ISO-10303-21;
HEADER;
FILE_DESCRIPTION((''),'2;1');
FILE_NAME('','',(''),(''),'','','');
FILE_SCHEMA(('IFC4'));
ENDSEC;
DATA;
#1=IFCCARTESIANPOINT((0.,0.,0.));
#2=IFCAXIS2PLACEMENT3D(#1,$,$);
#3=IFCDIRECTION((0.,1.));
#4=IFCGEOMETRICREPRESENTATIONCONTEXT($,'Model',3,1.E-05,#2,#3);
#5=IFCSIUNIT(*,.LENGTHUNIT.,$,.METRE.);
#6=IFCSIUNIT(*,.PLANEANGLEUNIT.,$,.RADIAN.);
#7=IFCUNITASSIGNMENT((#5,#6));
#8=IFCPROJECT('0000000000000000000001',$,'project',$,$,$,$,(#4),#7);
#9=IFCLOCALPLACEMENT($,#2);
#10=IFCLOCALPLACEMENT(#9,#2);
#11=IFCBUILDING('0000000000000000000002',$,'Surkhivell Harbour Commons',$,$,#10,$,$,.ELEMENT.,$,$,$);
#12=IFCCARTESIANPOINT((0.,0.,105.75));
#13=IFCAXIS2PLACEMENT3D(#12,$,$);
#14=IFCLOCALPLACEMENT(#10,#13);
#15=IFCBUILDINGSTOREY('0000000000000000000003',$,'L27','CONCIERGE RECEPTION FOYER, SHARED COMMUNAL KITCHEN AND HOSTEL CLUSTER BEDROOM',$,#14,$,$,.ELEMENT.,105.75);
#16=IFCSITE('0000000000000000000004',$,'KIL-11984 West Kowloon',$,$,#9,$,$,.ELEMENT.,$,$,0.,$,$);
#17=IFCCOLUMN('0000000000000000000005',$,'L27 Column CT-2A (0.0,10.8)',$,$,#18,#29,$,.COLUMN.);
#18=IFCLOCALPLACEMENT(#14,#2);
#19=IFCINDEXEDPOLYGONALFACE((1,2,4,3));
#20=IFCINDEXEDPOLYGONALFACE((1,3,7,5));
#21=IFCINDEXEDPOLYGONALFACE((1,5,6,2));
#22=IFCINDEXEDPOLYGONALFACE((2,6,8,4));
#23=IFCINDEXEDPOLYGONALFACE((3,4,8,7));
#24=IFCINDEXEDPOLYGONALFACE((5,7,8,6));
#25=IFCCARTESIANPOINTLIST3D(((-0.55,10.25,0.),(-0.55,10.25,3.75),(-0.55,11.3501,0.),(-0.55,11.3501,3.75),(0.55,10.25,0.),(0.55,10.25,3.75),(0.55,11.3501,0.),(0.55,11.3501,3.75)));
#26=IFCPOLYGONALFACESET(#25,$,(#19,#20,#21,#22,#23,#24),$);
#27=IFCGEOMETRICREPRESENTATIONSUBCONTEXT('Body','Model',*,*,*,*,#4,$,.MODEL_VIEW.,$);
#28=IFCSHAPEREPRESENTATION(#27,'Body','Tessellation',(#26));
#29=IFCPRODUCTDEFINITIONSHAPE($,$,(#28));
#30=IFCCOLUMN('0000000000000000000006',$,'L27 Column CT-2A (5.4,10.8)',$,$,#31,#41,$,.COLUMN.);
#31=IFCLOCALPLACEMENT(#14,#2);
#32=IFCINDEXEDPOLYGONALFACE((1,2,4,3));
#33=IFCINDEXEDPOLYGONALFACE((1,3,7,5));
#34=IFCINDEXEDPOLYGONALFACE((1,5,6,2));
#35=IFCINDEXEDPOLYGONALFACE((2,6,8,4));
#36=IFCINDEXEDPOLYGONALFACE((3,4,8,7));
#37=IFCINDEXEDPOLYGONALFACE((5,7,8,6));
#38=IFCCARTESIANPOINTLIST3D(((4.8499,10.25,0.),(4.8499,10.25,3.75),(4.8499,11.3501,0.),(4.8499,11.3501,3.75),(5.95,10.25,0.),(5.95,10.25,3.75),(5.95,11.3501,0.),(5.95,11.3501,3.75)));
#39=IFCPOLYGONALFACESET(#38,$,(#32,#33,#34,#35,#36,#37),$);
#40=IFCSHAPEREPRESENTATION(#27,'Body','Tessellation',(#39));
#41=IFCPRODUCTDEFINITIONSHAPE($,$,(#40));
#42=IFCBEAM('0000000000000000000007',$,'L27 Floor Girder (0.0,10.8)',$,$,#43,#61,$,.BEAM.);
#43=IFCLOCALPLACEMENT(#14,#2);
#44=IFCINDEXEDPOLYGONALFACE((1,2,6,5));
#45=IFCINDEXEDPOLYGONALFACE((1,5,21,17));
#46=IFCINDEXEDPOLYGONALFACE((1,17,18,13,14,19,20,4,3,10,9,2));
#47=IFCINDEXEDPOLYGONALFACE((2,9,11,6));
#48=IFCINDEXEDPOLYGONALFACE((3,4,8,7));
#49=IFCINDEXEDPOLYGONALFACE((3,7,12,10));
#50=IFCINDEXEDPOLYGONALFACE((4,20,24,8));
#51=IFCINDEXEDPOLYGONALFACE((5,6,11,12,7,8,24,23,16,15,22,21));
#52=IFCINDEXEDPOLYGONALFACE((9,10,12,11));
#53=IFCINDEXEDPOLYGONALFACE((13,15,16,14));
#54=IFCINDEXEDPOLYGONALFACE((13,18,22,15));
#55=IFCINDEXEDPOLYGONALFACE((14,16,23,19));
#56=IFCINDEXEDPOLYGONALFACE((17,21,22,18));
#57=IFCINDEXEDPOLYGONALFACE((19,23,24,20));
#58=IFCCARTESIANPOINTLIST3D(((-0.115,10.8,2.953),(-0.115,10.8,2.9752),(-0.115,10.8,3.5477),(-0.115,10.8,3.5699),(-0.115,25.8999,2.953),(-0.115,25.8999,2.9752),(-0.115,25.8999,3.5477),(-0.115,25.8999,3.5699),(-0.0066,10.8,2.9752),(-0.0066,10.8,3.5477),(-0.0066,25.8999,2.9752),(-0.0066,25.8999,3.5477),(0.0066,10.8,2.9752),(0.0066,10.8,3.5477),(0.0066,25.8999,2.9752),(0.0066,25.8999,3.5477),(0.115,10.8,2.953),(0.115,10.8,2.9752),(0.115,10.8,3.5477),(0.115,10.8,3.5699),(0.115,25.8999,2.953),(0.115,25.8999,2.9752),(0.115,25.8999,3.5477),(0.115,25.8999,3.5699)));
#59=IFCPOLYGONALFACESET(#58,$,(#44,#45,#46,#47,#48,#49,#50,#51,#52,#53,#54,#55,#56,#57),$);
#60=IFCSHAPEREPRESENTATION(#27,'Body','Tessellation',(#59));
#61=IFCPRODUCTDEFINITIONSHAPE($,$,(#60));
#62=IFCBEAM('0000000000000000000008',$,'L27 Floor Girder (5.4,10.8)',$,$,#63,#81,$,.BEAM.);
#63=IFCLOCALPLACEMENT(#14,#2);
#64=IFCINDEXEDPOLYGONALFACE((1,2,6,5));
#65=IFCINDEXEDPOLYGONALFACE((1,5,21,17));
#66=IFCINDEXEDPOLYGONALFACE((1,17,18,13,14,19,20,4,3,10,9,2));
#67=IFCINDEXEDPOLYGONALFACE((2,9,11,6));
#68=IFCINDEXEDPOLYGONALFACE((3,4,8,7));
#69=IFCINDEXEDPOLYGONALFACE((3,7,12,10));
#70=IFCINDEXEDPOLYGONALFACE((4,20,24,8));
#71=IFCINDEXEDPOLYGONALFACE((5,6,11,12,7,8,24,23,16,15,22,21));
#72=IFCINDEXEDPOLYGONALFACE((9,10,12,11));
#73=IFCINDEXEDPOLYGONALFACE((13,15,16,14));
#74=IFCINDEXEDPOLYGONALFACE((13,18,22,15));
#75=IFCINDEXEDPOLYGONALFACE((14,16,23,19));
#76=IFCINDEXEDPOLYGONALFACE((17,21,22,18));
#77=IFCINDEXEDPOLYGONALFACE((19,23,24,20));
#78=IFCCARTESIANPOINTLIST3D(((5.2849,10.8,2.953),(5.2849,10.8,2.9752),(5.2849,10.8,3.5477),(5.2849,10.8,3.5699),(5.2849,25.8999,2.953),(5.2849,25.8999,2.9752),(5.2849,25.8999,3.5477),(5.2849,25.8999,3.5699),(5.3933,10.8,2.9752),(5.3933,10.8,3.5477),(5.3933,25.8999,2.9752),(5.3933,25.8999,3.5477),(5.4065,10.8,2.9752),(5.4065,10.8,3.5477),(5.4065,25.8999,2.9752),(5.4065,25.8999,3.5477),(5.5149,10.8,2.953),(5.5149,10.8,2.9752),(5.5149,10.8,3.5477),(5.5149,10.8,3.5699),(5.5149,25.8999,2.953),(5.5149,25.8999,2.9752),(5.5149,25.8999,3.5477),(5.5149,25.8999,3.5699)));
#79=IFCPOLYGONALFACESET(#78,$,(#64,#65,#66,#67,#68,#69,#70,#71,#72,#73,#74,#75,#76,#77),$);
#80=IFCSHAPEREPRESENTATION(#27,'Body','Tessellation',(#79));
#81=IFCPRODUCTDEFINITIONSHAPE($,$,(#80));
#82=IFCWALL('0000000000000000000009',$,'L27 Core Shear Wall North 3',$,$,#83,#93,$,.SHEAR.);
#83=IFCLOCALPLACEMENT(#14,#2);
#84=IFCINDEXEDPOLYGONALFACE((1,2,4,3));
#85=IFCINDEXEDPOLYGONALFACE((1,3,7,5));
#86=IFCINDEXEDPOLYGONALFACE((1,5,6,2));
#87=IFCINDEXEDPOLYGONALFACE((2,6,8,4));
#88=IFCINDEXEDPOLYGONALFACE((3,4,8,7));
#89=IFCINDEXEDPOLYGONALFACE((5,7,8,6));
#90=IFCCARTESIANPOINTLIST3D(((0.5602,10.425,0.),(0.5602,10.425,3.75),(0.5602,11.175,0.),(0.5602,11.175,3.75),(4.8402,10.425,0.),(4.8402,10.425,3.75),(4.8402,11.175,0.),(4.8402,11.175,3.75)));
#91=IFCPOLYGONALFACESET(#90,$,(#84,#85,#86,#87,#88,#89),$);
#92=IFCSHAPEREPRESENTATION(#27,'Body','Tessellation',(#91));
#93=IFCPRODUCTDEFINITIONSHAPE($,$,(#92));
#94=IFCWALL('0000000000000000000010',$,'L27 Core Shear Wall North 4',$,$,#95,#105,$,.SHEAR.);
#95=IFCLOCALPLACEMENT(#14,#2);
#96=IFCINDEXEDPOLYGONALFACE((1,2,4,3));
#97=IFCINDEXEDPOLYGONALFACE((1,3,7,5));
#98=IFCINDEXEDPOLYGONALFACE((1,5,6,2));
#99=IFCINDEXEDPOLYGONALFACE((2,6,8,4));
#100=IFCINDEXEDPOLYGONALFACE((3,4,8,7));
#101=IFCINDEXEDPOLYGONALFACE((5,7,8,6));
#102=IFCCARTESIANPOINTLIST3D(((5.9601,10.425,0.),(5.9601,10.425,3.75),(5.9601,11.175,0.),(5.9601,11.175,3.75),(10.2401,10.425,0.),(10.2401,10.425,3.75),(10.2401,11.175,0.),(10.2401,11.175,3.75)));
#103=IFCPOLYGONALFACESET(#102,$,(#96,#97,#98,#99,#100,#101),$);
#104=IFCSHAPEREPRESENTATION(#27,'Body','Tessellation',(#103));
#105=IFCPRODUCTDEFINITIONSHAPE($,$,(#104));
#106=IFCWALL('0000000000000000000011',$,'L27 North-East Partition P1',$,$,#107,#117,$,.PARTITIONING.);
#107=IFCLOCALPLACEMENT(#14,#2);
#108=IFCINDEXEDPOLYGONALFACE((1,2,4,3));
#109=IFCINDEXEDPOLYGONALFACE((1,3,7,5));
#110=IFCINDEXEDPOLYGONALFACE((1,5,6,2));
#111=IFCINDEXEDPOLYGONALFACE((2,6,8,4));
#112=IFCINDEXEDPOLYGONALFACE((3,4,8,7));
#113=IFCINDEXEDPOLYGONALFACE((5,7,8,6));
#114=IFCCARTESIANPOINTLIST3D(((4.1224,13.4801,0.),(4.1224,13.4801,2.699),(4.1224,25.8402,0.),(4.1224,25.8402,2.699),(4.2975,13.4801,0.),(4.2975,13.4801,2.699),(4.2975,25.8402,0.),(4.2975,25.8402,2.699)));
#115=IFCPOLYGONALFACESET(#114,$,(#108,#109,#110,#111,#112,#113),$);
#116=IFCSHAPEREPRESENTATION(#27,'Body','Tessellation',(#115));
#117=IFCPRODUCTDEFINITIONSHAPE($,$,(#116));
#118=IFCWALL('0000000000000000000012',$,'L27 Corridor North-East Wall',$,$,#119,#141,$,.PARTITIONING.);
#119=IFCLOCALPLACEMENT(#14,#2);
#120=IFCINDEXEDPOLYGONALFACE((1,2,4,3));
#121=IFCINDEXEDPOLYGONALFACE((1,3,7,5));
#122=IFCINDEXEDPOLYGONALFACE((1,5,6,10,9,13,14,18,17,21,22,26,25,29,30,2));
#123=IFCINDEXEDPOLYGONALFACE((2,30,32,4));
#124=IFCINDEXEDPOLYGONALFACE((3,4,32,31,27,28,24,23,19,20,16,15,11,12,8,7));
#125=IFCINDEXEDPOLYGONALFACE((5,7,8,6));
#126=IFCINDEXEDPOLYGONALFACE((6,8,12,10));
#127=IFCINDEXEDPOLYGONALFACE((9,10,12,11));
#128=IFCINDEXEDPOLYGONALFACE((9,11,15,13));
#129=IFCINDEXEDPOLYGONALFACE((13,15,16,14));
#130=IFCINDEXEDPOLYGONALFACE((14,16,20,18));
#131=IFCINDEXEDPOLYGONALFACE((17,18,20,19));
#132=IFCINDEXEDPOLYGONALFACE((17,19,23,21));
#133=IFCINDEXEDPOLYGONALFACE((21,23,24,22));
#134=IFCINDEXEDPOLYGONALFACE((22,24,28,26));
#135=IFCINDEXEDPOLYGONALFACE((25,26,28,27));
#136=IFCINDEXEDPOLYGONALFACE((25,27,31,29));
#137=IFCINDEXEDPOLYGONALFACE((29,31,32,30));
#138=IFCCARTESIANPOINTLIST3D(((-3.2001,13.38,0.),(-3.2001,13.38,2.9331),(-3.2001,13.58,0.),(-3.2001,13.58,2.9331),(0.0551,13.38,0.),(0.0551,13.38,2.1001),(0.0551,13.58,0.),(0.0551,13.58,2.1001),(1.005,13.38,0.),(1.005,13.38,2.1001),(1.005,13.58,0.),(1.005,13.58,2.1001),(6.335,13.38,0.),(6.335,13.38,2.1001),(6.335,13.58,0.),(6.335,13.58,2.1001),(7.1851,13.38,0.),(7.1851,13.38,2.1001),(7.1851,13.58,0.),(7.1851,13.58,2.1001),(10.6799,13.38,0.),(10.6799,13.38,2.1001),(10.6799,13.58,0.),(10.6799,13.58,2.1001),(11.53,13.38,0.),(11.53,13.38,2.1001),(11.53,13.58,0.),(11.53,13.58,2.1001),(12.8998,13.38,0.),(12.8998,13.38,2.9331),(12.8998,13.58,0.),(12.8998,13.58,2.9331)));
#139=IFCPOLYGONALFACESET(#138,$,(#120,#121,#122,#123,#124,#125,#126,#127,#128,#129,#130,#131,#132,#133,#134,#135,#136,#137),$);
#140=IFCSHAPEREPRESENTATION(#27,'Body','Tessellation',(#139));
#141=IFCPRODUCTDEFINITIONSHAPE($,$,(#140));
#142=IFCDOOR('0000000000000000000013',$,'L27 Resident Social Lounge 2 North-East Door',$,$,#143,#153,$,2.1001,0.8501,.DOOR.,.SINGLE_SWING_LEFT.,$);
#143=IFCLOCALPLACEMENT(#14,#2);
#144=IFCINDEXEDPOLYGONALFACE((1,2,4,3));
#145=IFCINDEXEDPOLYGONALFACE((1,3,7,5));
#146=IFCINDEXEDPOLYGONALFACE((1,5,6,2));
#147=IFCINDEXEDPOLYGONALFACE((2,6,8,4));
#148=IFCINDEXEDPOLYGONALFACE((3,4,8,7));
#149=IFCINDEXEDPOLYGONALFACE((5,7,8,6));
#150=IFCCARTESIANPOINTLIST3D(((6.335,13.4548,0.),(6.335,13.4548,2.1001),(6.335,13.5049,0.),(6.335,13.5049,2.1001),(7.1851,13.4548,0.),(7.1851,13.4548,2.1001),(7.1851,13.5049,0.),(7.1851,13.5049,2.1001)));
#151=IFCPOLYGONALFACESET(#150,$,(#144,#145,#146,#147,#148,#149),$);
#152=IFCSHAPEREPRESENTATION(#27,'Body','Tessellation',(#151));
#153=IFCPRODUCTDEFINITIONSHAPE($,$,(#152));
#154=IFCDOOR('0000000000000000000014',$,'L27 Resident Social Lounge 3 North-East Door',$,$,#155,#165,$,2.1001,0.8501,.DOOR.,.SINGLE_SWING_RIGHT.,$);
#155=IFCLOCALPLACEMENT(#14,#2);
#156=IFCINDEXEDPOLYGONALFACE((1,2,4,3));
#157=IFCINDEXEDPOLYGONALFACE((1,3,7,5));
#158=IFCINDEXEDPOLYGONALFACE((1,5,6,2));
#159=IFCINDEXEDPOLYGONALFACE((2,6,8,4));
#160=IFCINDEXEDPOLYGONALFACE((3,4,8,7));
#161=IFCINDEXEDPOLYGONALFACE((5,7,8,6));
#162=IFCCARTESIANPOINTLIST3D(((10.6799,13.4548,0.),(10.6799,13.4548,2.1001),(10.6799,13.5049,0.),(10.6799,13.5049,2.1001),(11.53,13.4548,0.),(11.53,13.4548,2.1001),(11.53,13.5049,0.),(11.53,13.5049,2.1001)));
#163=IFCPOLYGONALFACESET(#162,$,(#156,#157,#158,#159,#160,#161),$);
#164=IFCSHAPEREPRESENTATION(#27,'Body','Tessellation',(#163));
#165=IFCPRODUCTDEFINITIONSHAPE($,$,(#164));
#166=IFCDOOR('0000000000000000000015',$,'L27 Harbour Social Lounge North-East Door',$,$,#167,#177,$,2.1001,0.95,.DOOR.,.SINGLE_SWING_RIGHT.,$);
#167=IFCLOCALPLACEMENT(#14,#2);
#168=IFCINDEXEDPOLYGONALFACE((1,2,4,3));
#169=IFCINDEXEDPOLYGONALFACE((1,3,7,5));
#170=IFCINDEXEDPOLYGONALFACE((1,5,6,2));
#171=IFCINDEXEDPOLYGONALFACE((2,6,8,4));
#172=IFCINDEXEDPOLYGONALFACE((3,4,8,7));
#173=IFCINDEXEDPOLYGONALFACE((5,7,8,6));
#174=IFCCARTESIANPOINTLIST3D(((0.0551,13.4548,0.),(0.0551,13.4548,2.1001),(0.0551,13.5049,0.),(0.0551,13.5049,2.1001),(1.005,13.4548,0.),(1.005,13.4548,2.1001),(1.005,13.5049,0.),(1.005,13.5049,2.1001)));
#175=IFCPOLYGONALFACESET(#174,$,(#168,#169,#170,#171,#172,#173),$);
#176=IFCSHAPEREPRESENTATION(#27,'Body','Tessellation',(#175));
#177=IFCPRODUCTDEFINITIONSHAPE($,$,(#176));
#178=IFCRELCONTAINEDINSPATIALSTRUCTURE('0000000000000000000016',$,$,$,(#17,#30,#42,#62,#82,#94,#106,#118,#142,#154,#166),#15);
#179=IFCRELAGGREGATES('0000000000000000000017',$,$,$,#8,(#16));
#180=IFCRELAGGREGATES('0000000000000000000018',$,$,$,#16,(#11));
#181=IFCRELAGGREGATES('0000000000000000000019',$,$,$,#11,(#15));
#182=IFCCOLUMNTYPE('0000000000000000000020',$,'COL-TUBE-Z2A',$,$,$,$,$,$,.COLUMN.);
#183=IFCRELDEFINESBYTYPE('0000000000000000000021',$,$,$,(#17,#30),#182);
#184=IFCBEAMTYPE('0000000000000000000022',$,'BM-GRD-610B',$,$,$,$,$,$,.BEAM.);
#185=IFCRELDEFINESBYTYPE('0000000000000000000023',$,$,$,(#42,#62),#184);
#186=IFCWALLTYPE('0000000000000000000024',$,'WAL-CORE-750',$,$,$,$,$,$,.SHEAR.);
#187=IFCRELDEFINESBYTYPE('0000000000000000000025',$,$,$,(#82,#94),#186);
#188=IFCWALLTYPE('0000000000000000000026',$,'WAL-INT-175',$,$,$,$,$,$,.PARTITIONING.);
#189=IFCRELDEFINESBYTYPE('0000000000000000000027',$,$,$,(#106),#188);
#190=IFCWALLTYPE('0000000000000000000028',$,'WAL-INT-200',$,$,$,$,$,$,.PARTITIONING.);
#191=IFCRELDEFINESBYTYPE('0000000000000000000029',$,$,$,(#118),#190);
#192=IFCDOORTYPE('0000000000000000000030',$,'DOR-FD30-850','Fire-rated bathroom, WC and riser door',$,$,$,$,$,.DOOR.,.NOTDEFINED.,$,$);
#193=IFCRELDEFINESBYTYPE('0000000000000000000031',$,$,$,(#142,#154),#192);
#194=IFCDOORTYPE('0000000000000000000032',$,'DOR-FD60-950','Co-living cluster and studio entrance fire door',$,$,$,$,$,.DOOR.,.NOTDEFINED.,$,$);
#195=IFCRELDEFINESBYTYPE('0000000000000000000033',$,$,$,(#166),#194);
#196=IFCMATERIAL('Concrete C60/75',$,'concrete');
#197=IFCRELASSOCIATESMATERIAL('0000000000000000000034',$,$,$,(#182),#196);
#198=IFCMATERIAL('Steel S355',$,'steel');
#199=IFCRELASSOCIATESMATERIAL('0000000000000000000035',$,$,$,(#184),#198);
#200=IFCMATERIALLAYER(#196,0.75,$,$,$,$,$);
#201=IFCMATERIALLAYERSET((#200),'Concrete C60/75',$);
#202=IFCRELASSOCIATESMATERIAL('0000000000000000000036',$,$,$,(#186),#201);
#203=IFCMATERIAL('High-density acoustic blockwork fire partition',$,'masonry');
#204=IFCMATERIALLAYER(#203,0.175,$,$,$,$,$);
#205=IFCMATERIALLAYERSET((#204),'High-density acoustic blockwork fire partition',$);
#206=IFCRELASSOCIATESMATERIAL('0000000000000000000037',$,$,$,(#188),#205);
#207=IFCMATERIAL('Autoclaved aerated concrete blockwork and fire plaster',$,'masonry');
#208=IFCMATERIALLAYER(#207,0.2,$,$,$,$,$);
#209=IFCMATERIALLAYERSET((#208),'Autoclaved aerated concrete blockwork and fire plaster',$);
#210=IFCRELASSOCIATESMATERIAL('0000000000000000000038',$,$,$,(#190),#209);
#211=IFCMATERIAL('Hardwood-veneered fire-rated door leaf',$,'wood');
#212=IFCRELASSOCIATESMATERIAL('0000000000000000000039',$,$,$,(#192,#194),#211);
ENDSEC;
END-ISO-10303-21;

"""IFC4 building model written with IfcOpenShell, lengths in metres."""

from ifc_helpers import new_model, si_unit, direction, frame, frame_2d, origin, origin_2d, place, context, subcontext, project, spatial, rectangle, i_section, extrude, material, layer, layer_set, material_profile, profile_set, type_object, element, fill, save


model = new_model("IFC4")

# Units and contexts
model_context = context("Model", 3, precision=1e-05, world=origin(), true_north=direction((0.0, 1.0)))
body_context = subcontext(model_context, "Body", "Model", "MODEL_VIEW")
ifc_project = project(units=[si_unit("LENGTHUNIT", "METRE"), si_unit("PLANEANGLEUNIT", "RADIAN")], contexts=[model_context])

# Site, building, storey
site_placement = place(None, origin())
site = spatial("IfcSite", under=ifc_project, at=site_placement, Name="KIL-11984 West Kowloon", CompositionType="ELEMENT", RefElevation=0.0)
building_placement = place(site_placement, origin())
building = spatial("IfcBuilding", under=site, at=building_placement, Name="Surkhivell Harbour Commons", CompositionType="ELEMENT")
storey_placement = place(building_placement, frame((0.0, 0.0, 105.75)))
storey = spatial("IfcBuildingStorey", under=building, at=storey_placement, Name="L27", Description="CONCIERGE RECEPTION FOYER, SHARED COMMUNAL KITCHEN AND HOSTEL CLUSTER BEDROOM", CompositionType="ELEMENT", Elevation=105.75)

# Columns
ifc_material_1 = material(Name="Concrete C60/75", Category="concrete")
ifc_material_profile_1 = material_profile(ifc_material_1, rectangle(XDim=1.1001, YDim=1.1001, at=origin_2d()), Name="RC-COL-1100x1100")
ifc_profile_set_1 = profile_set([ifc_material_profile_1], Name="Concrete C60/75")
column_type = type_object("IfcColumnType", Name="COL-TUBE-Z2A", PredefinedType="COLUMN", material=ifc_profile_set_1)
for number, where, z_axis, x_axis, name in (
    (1, (0.0, 10.8, 0.0), (0.0, 0.0, 1.0), (1.0, 0.0, 0.0), "L27 Column CT-2A (0.0,10.8)"),
    (2, (5.3999, 10.8, 0.0), (0.0, 0.0, 1.0), (1.0, 0.0, 0.0), "L27 Column CT-2A (5.4,10.8)"),
):
    element("IfcColumn", number, at=place(storey_placement, frame(where, z_axis=z_axis, x_axis=x_axis)), inside=storey, type_object=column_type, Name=name, PredefinedType="COLUMN", context=body_context, shape_type="SweptSolid", body=[
        extrude(rectangle(XDim=1.1001, YDim=1.1001, at=origin_2d()), origin(), (0.0, 0.0, 1.0), 3.75),
    ])

# Beams
ifc_material_2 = material(Name="Steel S355", Category="steel")
ifc_material_profile_2 = material_profile(ifc_material_2, i_section(OverallWidth=0.23, OverallDepth=0.6169, WebThickness=0.0132, FlangeThickness=0.0222, at=origin_2d()), Name="UB610x229x140")
ifc_profile_set_2 = profile_set([ifc_material_profile_2], Name="Steel S355")
beam_type = type_object("IfcBeamType", Name="BM-GRD-610B", PredefinedType="BEAM", material=ifc_profile_set_2)
for number, where, z_axis, x_axis, name in (
    (3, (0.0, 10.8, 3.2615), (0.0, 1.0, 0.0), (-1.0, 0.0, 0.0), "L27 Floor Girder (0.0,10.8)"),
    (4, (5.3999, 10.8, 3.2615), (0.0, 1.0, 0.0), (-1.0, 0.0, 0.0), "L27 Floor Girder (5.4,10.8)"),
):
    element("IfcBeam", number, at=place(storey_placement, frame(where, z_axis=z_axis, x_axis=x_axis)), inside=storey, type_object=beam_type, Name=name, PredefinedType="BEAM", context=body_context, shape_type="SweptSolid", body=[
        extrude(i_section(OverallWidth=0.23, OverallDepth=0.6169, WebThickness=0.0132, FlangeThickness=0.0222, at=origin_2d()), origin(), (0.0, 0.0, 1.0), 15.0999),
    ])

# Walls
ifc_layer_1 = layer(ifc_material_1, 0.75)
ifc_layer_set_1 = layer_set([ifc_layer_1], Name="Concrete C60/75")
wall_type_1 = type_object("IfcWallType", Name="WAL-CORE-750", PredefinedType="SHEAR", material=ifc_layer_set_1)
for number, where, z_axis, x_axis, name in (
    (5, (0.5601, 10.8, 0.0), (0.0, 0.0, 1.0), (1.0, 0.0, 0.0), "L27 Core Shear Wall North 3"),
    (6, (5.96, 10.8, 0.0), (0.0, 0.0, 1.0), (1.0, 0.0, 0.0), "L27 Core Shear Wall North 4"),
):
    element("IfcWall", number, at=place(storey_placement, frame(where, z_axis=z_axis, x_axis=x_axis)), inside=storey, type_object=wall_type_1, Name=name, PredefinedType="SHEAR", context=body_context, shape_type="SweptSolid", body=[
        extrude(rectangle(XDim=4.28, YDim=0.75, at=frame_2d((2.1401, 0.0))), origin(), (0.0, 0.0, 1.0), 3.75),
    ])
ifc_material_3 = material(Name="High-density acoustic blockwork fire partition", Category="masonry")
ifc_layer_2 = layer(ifc_material_3, 0.175)
ifc_layer_set_2 = layer_set([ifc_layer_2], Name="High-density acoustic blockwork fire partition")
wall_type_2 = type_object("IfcWallType", Name="WAL-INT-175", PredefinedType="PARTITIONING", material=ifc_layer_set_2)
wall_1_placement = place(storey_placement, frame((4.21, 13.48, 0.0), z_axis=(0.0, 0.0, 1.0), x_axis=(0.0, 1.0, 0.0)))
element("IfcWall", 7, at=wall_1_placement, inside=storey, type_object=wall_type_2, Name="L27 North-East Partition P1", PredefinedType="PARTITIONING", context=body_context, shape_type="SweptSolid", body=[
    extrude(rectangle(XDim=12.3601, YDim=0.175, at=frame_2d((6.1802, 0.0))), origin(), (0.0, 0.0, 1.0), 2.699),
])

# Wall, openings, doors
ifc_material_4 = material(Name="Autoclaved aerated concrete blockwork and fire plaster", Category="masonry")
ifc_layer_3 = layer(ifc_material_4, 0.2)
ifc_layer_set_3 = layer_set([ifc_layer_3], Name="Autoclaved aerated concrete blockwork and fire plaster")
wall_type_3 = type_object("IfcWallType", Name="WAL-INT-200", PredefinedType="PARTITIONING", material=ifc_layer_set_3)
wall_2_placement = place(storey_placement, frame((-3.2, 13.48, 0.0), z_axis=(0.0, 0.0, 1.0), x_axis=(1.0, 0.0, 0.0)))
wall_2 = element("IfcWall", 8, at=wall_2_placement, inside=storey, type_object=wall_type_3, Name="L27 Corridor North-East Wall", PredefinedType="PARTITIONING", context=body_context, shape_type="SweptSolid", body=[
    extrude(rectangle(XDim=16.0999, YDim=0.2, at=frame_2d((8.0498, 0.0))), origin(), (0.0, 0.0, 1.0), 2.9331),
])
opening_1_placement = place(wall_2_placement, frame((3.2549, 0.0, 0.0)))
opening_1 = element("IfcOpeningElement", 9, at=opening_1_placement, cuts=wall_2, PredefinedType="OPENING", context=body_context, shape_type="SweptSolid", body=[
    extrude(rectangle(XDim=0.95, YDim=2.1001, at=frame_2d((0.4751, 1.05))), frame((0.0, 0.1099, 0.0), z_axis=(0.0, -1.0, 0.0), x_axis=(1.0, 0.0, 0.0)), (0.0, 0.0, 1.0), 0.22),
])
opening_2_placement = place(wall_2_placement, frame((9.5349, 0.0, 0.0)))
opening_2 = element("IfcOpeningElement", 10, at=opening_2_placement, cuts=wall_2, PredefinedType="OPENING", context=body_context, shape_type="SweptSolid", body=[
    extrude(rectangle(XDim=0.8501, YDim=2.1001, at=frame_2d((0.425, 1.05))), frame((0.0, 0.1099, 0.0), z_axis=(0.0, -1.0, 0.0), x_axis=(1.0, 0.0, 0.0)), (0.0, 0.0, 1.0), 0.22),
])
opening_3_placement = place(wall_2_placement, frame((13.8799, 0.0, 0.0)))
opening_3 = element("IfcOpeningElement", 11, at=opening_3_placement, cuts=wall_2, PredefinedType="OPENING", context=body_context, shape_type="SweptSolid", body=[
    extrude(rectangle(XDim=0.8501, YDim=2.1001, at=frame_2d((0.425, 1.05))), frame((0.0, 0.1099, 0.0), z_axis=(0.0, -1.0, 0.0), x_axis=(1.0, 0.0, 0.0)), (0.0, 0.0, 1.0), 0.22),
])
ifc_material_5 = material(Name="Hardwood-veneered fire-rated door leaf", Category="wood")
door_type_1 = type_object("IfcDoorType", Name="DOR-FD30-850", Description="Fire-rated bathroom, WC and riser door", OperationType="NOTDEFINED", PredefinedType="DOOR", material=ifc_material_5)
door_1_placement = place(opening_2_placement, origin())
door_1 = element("IfcDoor", 12, at=door_1_placement, inside=storey, type_object=door_type_1, Name="L27 Resident Social Lounge 2 North-East Door", OperationType="SINGLE_SWING_LEFT", OverallHeight=2.1001, OverallWidth=0.8501, PredefinedType="DOOR", context=body_context, shape_type="SweptSolid", body=[
    extrude(rectangle(XDim=0.8501, YDim=2.1001, at=frame_2d((0.425, 1.05))), frame((0.0, 0.0249, 0.0), z_axis=(0.0, -1.0, 0.0), x_axis=(1.0, 0.0, 0.0)), (0.0, 0.0, 1.0), 0.05),
])
fill(opening_2, door_1)
door_2_placement = place(opening_3_placement, origin())
door_2 = element("IfcDoor", 13, at=door_2_placement, inside=storey, type_object=door_type_1, Name="L27 Resident Social Lounge 3 North-East Door", OperationType="SINGLE_SWING_RIGHT", OverallHeight=2.1001, OverallWidth=0.8501, PredefinedType="DOOR", context=body_context, shape_type="SweptSolid", body=[
    extrude(rectangle(XDim=0.8501, YDim=2.1001, at=frame_2d((0.425, 1.05))), frame((0.0, 0.0249, 0.0), z_axis=(0.0, -1.0, 0.0), x_axis=(1.0, 0.0, 0.0)), (0.0, 0.0, 1.0), 0.05),
])
fill(opening_3, door_2)
door_type_2 = type_object("IfcDoorType", Name="DOR-FD60-950", Description="Co-living cluster and studio entrance fire door", OperationType="NOTDEFINED", PredefinedType="DOOR", material=ifc_material_5)
door_3_placement = place(opening_1_placement, origin())
door_3 = element("IfcDoor", 14, at=door_3_placement, inside=storey, type_object=door_type_2, Name="L27 Harbour Social Lounge North-East Door", OperationType="SINGLE_SWING_RIGHT", OverallHeight=2.1001, OverallWidth=0.95, PredefinedType="DOOR", context=body_context, shape_type="SweptSolid", body=[
    extrude(rectangle(XDim=0.95, YDim=2.1001, at=frame_2d((0.4751, 1.05))), frame((0.0, 0.0249, 0.0), z_axis=(0.0, -1.0, 0.0), x_axis=(1.0, 0.0, 0.0)), (0.0, 0.0, 1.0), 0.05),
])
fill(opening_1, door_3)

save(model, "model.ifc")
